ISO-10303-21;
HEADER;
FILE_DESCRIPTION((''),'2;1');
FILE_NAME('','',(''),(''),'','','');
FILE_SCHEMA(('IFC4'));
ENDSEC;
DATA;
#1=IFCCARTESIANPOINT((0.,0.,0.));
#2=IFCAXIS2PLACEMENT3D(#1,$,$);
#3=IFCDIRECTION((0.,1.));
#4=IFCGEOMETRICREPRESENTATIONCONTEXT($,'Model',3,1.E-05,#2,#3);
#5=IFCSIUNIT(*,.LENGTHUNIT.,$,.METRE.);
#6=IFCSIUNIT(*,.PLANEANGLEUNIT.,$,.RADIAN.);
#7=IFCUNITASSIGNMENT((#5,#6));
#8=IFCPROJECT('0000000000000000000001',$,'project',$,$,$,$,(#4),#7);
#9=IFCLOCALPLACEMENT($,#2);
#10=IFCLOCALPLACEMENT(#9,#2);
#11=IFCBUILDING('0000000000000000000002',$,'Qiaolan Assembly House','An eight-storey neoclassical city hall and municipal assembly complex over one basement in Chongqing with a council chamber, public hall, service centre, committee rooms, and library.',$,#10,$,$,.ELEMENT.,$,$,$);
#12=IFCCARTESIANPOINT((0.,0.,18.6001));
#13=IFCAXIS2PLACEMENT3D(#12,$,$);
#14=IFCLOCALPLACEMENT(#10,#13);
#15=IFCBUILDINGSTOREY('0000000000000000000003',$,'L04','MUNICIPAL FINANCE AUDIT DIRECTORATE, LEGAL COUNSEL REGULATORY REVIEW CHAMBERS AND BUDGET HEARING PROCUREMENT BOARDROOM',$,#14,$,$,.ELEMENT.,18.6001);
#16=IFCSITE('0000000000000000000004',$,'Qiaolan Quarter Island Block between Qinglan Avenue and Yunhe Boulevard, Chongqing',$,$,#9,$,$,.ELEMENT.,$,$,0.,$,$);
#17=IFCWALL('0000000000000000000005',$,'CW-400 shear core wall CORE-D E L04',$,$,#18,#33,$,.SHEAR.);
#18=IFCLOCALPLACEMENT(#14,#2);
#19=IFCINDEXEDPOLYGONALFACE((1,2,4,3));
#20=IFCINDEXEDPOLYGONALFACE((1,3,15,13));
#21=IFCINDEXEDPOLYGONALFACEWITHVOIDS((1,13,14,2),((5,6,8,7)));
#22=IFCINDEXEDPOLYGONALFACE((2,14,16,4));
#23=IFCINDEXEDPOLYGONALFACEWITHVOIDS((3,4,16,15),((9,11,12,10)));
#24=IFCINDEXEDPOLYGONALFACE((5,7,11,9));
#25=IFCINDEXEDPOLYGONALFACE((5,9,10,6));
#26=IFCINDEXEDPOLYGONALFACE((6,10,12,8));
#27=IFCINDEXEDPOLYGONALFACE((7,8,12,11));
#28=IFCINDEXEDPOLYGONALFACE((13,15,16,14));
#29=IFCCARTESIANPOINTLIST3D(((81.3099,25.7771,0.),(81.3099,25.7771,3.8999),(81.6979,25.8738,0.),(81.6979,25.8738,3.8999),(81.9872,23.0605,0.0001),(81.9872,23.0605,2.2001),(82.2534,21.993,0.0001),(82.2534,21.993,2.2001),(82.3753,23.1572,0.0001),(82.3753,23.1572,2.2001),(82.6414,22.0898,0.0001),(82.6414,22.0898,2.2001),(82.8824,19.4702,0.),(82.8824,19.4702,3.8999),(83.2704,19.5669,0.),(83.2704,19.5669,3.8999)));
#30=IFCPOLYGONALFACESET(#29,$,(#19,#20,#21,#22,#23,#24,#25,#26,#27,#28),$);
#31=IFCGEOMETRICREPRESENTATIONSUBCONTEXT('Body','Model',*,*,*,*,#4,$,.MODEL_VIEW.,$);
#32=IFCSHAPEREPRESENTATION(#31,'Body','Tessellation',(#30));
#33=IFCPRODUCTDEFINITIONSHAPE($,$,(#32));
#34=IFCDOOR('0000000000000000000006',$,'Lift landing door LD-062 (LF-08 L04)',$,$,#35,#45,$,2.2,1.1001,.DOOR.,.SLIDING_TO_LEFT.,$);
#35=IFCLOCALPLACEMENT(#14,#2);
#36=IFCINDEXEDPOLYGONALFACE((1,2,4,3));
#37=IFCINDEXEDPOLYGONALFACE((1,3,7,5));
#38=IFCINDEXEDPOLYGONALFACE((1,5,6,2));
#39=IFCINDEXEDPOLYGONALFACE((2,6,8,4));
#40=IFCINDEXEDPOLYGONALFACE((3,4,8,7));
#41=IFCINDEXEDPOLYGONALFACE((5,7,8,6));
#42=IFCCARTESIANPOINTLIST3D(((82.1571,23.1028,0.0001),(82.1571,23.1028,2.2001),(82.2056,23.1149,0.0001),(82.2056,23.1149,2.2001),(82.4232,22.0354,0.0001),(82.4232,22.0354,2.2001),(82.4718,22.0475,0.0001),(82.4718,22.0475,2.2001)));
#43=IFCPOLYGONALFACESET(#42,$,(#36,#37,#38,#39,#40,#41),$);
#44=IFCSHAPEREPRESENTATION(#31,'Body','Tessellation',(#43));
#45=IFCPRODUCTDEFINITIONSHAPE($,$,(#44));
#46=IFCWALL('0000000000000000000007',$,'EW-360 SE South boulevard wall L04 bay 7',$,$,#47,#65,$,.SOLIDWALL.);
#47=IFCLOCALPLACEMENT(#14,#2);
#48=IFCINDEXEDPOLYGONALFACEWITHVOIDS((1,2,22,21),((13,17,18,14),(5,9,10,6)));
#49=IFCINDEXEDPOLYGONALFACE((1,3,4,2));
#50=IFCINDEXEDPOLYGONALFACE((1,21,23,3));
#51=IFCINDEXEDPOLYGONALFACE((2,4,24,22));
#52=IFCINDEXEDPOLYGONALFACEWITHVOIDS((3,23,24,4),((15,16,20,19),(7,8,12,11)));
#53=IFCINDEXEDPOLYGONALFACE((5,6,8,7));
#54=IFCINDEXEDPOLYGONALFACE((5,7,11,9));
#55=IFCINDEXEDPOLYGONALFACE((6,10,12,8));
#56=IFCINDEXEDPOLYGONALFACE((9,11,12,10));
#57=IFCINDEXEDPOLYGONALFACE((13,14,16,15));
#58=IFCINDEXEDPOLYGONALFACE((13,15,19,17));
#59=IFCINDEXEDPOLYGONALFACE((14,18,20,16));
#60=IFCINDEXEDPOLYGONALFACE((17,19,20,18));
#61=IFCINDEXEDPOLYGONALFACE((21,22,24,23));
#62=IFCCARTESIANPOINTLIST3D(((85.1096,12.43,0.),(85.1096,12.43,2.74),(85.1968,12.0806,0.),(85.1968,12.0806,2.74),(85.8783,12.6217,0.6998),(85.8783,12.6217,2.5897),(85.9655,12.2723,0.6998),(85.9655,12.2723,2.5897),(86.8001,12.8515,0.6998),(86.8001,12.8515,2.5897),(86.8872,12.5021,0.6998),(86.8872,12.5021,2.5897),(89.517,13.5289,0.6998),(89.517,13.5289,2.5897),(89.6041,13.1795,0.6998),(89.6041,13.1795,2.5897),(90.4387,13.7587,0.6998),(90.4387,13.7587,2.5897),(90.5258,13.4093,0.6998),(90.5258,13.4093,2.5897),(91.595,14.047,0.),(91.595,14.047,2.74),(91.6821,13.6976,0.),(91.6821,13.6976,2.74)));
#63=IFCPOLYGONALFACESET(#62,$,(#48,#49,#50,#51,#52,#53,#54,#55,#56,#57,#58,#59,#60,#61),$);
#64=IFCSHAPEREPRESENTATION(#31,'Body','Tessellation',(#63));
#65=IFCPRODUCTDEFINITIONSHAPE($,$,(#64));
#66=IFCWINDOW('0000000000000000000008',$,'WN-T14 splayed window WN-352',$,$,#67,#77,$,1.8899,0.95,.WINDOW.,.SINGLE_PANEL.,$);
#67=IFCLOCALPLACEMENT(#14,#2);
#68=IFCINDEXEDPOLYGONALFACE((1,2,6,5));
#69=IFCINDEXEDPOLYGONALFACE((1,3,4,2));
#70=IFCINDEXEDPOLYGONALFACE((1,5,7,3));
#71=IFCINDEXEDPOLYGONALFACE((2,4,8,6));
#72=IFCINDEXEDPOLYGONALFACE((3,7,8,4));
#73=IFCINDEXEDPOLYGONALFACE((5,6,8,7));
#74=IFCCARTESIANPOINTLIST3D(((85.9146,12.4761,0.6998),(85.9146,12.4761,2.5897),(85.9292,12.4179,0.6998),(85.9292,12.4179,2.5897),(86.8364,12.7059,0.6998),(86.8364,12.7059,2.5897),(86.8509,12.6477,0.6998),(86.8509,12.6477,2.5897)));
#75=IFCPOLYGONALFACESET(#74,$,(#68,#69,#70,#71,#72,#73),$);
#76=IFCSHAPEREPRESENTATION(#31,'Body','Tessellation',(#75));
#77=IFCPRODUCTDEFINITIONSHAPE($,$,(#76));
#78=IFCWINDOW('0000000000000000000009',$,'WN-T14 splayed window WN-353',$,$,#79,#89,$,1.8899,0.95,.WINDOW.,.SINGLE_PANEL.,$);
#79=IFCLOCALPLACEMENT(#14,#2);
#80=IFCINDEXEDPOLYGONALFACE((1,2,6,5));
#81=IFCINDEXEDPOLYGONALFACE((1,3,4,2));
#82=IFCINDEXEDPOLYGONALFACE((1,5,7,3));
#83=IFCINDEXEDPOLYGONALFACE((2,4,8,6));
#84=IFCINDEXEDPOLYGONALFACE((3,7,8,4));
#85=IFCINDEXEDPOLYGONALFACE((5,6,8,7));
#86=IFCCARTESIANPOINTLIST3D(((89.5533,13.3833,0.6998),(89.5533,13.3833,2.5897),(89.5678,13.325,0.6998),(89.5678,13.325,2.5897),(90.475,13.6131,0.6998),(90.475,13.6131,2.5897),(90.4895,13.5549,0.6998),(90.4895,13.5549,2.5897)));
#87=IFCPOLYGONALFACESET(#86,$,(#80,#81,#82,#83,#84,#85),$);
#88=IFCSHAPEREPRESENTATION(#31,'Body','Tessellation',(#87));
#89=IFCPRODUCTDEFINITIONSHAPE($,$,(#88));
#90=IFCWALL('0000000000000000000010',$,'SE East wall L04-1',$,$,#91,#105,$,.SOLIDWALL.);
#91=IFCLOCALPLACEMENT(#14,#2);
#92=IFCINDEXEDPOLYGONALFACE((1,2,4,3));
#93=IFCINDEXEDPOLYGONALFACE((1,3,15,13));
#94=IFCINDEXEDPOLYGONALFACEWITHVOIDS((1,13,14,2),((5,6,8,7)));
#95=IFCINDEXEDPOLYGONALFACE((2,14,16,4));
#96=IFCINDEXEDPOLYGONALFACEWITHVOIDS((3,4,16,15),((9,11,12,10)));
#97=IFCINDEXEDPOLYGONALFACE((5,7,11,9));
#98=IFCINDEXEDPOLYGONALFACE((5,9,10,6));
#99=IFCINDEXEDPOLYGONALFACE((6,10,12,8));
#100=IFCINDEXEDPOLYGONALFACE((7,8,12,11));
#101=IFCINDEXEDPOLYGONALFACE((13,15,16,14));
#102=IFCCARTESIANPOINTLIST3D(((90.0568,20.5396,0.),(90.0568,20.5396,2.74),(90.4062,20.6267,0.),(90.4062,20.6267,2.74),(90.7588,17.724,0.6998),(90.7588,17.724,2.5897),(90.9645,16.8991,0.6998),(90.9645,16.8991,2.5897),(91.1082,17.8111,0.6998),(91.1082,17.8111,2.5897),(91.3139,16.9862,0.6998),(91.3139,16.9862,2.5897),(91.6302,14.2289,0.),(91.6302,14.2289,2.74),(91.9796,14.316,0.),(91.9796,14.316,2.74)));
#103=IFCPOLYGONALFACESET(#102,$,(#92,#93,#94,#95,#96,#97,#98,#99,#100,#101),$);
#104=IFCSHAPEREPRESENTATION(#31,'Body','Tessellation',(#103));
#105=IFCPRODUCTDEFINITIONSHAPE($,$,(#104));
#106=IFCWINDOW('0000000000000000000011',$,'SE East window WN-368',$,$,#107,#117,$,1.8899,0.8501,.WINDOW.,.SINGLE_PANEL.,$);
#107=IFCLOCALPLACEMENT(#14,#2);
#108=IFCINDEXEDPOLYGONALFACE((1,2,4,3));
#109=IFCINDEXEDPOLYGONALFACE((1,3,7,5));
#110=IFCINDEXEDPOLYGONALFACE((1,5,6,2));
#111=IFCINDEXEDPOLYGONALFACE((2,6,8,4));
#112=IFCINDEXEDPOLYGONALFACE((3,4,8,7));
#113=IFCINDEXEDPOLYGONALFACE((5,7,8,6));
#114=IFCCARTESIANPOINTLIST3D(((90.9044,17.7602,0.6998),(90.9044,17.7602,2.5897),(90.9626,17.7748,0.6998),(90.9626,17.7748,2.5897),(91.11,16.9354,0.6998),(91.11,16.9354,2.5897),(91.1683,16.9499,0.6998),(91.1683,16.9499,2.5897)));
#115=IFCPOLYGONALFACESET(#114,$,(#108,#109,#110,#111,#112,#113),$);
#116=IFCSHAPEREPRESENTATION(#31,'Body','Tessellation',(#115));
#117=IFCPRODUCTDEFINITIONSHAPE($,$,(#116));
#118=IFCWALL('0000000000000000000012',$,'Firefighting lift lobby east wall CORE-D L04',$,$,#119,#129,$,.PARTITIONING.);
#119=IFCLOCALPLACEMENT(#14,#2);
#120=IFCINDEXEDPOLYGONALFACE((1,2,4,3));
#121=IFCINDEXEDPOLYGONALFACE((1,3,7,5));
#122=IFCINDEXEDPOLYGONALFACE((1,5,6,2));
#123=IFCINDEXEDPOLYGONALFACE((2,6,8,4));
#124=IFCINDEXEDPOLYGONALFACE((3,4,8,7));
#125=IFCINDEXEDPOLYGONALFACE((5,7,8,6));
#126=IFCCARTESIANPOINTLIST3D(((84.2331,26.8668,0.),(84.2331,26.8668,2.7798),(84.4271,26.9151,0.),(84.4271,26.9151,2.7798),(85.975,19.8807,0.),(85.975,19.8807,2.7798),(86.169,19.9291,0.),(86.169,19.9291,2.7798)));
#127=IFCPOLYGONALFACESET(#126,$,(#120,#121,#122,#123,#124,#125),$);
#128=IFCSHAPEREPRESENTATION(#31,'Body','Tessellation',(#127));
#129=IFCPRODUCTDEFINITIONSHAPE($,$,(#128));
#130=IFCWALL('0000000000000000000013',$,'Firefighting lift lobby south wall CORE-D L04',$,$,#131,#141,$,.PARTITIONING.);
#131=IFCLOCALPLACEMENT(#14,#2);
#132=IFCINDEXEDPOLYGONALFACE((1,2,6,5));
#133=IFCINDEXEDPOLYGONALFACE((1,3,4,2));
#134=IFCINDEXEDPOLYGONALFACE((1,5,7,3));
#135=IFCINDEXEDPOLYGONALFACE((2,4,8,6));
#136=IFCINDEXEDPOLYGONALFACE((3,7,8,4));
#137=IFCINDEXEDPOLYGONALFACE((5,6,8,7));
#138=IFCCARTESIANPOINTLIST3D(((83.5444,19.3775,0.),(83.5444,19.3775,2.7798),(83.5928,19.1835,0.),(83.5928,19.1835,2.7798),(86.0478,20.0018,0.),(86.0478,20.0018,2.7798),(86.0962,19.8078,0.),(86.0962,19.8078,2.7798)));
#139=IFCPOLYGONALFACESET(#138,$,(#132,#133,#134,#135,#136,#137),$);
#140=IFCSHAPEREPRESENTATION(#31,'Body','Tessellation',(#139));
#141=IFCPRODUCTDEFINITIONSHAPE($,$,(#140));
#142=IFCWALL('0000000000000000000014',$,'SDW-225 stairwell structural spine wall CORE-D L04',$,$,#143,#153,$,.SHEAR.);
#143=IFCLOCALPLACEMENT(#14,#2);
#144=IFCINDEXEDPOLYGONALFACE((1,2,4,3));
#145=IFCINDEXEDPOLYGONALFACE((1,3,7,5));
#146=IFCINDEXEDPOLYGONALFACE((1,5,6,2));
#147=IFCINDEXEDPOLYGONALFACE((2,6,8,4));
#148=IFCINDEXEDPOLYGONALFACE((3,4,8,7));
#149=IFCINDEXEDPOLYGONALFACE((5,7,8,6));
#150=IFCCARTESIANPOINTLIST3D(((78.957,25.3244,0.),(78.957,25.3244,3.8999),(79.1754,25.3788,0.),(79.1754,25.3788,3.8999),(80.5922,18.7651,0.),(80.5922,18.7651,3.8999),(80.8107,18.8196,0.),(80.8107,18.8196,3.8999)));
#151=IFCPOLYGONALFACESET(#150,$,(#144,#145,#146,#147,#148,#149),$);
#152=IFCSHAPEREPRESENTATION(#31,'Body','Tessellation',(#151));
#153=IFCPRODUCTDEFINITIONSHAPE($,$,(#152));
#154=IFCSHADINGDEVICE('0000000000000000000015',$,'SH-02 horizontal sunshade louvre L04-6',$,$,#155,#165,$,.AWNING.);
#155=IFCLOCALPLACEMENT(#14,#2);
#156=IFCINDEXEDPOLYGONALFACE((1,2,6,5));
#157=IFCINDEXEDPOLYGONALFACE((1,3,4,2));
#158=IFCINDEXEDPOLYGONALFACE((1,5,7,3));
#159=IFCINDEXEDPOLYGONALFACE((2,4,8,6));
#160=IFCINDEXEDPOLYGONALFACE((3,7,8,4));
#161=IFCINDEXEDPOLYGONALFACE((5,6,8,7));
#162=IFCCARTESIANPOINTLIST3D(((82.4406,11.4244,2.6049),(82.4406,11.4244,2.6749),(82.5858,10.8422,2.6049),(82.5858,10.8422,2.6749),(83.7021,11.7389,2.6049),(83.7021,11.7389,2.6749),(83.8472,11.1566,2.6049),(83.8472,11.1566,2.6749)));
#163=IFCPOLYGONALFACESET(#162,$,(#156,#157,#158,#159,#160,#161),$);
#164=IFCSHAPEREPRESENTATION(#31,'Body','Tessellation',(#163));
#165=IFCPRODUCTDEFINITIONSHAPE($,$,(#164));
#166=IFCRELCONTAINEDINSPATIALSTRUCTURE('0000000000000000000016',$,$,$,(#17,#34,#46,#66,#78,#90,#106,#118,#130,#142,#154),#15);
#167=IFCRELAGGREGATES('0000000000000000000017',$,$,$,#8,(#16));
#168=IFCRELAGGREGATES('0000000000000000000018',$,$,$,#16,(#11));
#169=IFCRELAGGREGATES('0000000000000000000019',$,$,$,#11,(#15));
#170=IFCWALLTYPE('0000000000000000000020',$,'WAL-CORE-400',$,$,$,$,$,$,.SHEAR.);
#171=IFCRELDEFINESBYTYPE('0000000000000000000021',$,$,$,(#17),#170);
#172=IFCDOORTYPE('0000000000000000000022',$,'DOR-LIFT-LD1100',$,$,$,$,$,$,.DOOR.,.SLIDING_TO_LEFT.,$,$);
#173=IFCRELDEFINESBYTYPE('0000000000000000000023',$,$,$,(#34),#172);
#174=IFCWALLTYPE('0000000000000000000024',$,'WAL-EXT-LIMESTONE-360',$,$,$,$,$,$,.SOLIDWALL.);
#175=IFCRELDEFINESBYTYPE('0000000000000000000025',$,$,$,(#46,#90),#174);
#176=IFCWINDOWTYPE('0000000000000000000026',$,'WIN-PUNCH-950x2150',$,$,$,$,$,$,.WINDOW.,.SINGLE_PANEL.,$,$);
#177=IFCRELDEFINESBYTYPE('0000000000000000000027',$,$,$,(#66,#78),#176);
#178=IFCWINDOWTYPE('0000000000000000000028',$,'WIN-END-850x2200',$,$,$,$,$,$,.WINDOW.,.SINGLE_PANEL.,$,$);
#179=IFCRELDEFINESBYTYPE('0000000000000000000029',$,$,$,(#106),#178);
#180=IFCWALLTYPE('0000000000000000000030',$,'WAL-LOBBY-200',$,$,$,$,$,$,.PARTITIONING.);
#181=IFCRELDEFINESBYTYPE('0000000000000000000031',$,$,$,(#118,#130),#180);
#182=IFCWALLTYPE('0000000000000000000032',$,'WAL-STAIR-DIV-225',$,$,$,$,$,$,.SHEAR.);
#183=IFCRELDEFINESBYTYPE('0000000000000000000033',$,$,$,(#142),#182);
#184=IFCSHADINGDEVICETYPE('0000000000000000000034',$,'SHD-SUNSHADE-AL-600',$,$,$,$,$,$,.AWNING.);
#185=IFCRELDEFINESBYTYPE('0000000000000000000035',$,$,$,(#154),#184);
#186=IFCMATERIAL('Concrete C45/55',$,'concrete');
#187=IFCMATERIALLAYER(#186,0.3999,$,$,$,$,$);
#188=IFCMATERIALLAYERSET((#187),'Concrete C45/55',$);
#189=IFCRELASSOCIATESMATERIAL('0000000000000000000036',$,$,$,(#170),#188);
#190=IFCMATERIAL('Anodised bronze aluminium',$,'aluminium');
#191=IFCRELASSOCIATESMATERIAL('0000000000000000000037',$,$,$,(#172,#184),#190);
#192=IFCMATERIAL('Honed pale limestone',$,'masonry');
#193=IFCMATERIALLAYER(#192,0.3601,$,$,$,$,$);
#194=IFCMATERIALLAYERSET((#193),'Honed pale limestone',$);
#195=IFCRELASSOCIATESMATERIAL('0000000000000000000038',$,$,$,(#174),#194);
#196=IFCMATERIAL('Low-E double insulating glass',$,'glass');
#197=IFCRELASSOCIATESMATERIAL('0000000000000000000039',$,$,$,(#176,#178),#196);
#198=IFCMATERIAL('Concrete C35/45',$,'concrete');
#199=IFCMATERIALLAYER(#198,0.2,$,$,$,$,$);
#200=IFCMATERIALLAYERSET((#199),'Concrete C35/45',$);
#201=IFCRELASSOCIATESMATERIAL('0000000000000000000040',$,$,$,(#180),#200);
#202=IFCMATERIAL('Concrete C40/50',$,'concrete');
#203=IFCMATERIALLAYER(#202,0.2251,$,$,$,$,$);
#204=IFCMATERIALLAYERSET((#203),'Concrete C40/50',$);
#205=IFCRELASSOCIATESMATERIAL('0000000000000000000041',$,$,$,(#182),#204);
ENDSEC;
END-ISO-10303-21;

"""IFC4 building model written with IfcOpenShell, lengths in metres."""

from ifc_helpers import new_model, si_unit, direction, frame, frame_2d, origin, origin_2d, place, context, subcontext, project, spatial, rectangle, extrude, material, layer, layer_set, material_profile, profile_set, type_object, element, fill, save


model = new_model("IFC4")

# Units and contexts
model_context = context("Model", 3, precision=1e-05, world=origin(), true_north=direction((0.0, 1.0)))
body_context = subcontext(model_context, "Body", "Model", "MODEL_VIEW")
ifc_project = project(units=[si_unit("LENGTHUNIT", "METRE"), si_unit("PLANEANGLEUNIT", "RADIAN")], contexts=[model_context])

# Site, building, storey
site_placement = place(None, origin())
site = spatial("IfcSite", under=ifc_project, at=site_placement, Name="Qiaolan Quarter Island Block between Qinglan Avenue and Yunhe Boulevard, Chongqing", CompositionType="ELEMENT", RefElevation=0.0)
building_placement = place(site_placement, origin())
building = spatial("IfcBuilding", under=site, at=building_placement, Name="Qiaolan Assembly House", Description="An eight-storey neoclassical city hall and municipal assembly complex over one basement in Chongqing with a council chamber, public hall, service centre, committee rooms, and library.", CompositionType="ELEMENT")
storey_placement = place(building_placement, frame((0.0, 0.0, 18.6001)))
storey = spatial("IfcBuildingStorey", under=building, at=storey_placement, Name="L04", Description="MUNICIPAL FINANCE AUDIT DIRECTORATE, LEGAL COUNSEL REGULATORY REVIEW CHAMBERS AND BUDGET HEARING PROCUREMENT BOARDROOM", CompositionType="ELEMENT", Elevation=18.6001)

# Shared definitions
ifc_material_1 = material(Name="Concrete C40/50", Category="concrete")

# Wall, opening, door
ifc_material_2 = material(Name="Concrete C45/55", Category="concrete")
ifc_layer_1 = layer(ifc_material_2, 0.3999)
ifc_layer_set_1 = layer_set([ifc_layer_1], Name="Concrete C45/55")
wall_type_1 = type_object("IfcWallType", Name="WAL-CORE-400", PredefinedType="SHEAR", material=ifc_layer_set_1)
wall_1_placement = place(storey_placement, frame((83.0764, 19.5186, 0.0), z_axis=(0.0, 0.0, 1.0), x_axis=(-0.241926, 0.970295, 0.0)))
wall_1 = element("IfcWall", 1, at=wall_1_placement, inside=storey, type_object=wall_type_1, Name="CW-400 shear core wall CORE-D E L04", PredefinedType="SHEAR", context=body_context, shape_type="SweptSolid", body=[
    extrude(rectangle(XDim=6.5, YDim=0.3999, at=frame_2d((3.25, 0.0))), origin(), (0.0, 0.0, 1.0), 3.8999),
])
opening_1_placement = place(wall_1_placement, frame((2.6001, 0.0, 0.0)))
opening_1 = element("IfcOpeningElement", 2, at=opening_1_placement, cuts=wall_1, PredefinedType="OPENING", context=body_context, shape_type="SweptSolid", body=[
    extrude(rectangle(XDim=1.1001, YDim=2.2, at=frame_2d((0.55, 1.1001))), frame((0.0, 0.21, 0.0), z_axis=(0.0, -1.0, 0.0), x_axis=(1.0, 0.0, 0.0)), (0.0, 0.0, 1.0), 0.4199),
])
ifc_material_3 = material(Name="Anodised bronze aluminium", Category="aluminium")
door_type = type_object("IfcDoorType", Name="DOR-LIFT-LD1100", OperationType="SLIDING_TO_LEFT", PredefinedType="DOOR", material=ifc_material_3)
door_placement = place(opening_1_placement, origin())
door = element("IfcDoor", 3, at=door_placement, inside=storey, type_object=door_type, Name="Lift landing door LD-062 (LF-08 L04)", OperationType="SLIDING_TO_LEFT", OverallHeight=2.2, OverallWidth=1.1001, PredefinedType="DOOR", context=body_context, shape_type="SweptSolid", body=[
    extrude(rectangle(XDim=1.1001, YDim=2.2, at=frame_2d((0.55, 1.1001))), frame((0.0, 0.0249, 0.0), z_axis=(0.0, -1.0, 0.0), x_axis=(1.0, 0.0, 0.0)), (0.0, 0.0, 1.0), 0.05),
])
fill(opening_1, door)

# Wall, openings, windows
ifc_material_4 = material(Name="Honed pale limestone", Category="masonry")
ifc_layer_2 = layer(ifc_material_4, 0.3601)
ifc_layer_set_2 = layer_set([ifc_layer_2], Name="Honed pale limestone")
wall_type_2 = type_object("IfcWallType", Name="WAL-EXT-LIMESTONE-360", PredefinedType="SOLIDWALL", material=ifc_layer_set_2)
wall_2_placement = place(storey_placement, frame((85.1533, 12.2554, 0.0), z_axis=(0.0, 0.0, 1.0), x_axis=(0.970297, 0.241917, 0.0)))
wall_2 = element("IfcWall", 4, at=wall_2_placement, inside=storey, type_object=wall_type_2, Name="EW-360 SE South boulevard wall L04 bay 7", PredefinedType="SOLIDWALL", context=body_context, shape_type="SweptSolid", body=[
    extrude(rectangle(XDim=6.6838, YDim=0.3601, at=frame_2d((3.3418, 0.0))), origin(), (0.0, 0.0, 1.0), 2.74),
])
opening_2_placement = place(wall_2_placement, frame((0.792, 0.0, 0.7)))
opening_2 = element("IfcOpeningElement", 5, at=opening_2_placement, cuts=wall_2, PredefinedType="OPENING", context=body_context, shape_type="SweptSolid", body=[
    extrude(rectangle(XDim=0.95, YDim=1.8899, at=frame_2d((0.4751, 0.9448))), frame((0.0, 0.1899, 0.0), z_axis=(0.0, -1.0, 0.0), x_axis=(1.0, 0.0, 0.0)), (0.0, 0.0, 1.0), 0.3801),
])
opening_3_placement = place(wall_2_placement, frame((4.542, 0.0, 0.7)))
opening_3 = element("IfcOpeningElement", 6, at=opening_3_placement, cuts=wall_2, PredefinedType="OPENING", context=body_context, shape_type="SweptSolid", body=[
    extrude(rectangle(XDim=0.95, YDim=1.8899, at=frame_2d((0.4751, 0.9448))), frame((0.0, 0.1899, 0.0), z_axis=(0.0, -1.0, 0.0), x_axis=(1.0, 0.0, 0.0)), (0.0, 0.0, 1.0), 0.3801),
])
ifc_material_5 = material(Name="Low-E double insulating glass", Category="glass")
window_type_1 = type_object("IfcWindowType", Name="WIN-PUNCH-950x2150", PartitioningType="SINGLE_PANEL", PredefinedType="WINDOW", material=ifc_material_5)
window_1_placement = place(opening_2_placement, origin())
window_1 = element("IfcWindow", 7, at=window_1_placement, inside=storey, type_object=window_type_1, Name="WN-T14 splayed window WN-352", OverallHeight=1.8899, OverallWidth=0.95, PartitioningType="SINGLE_PANEL", PredefinedType="WINDOW", context=body_context, shape_type="SweptSolid", body=[
    extrude(rectangle(XDim=0.95, YDim=1.8899, at=frame_2d((0.4751, 0.9448))), frame((0.0, 0.03, 0.0), z_axis=(0.0, -1.0, 0.0), x_axis=(1.0, 0.0, 0.0)), (0.0, 0.0, 1.0), 0.0601),
])
fill(opening_2, window_1)
window_2_placement = place(opening_3_placement, origin())
window_2 = element("IfcWindow", 8, at=window_2_placement, inside=storey, type_object=window_type_1, Name="WN-T14 splayed window WN-353", OverallHeight=1.8899, OverallWidth=0.95, PartitioningType="SINGLE_PANEL", PredefinedType="WINDOW", context=body_context, shape_type="SweptSolid", body=[
    extrude(rectangle(XDim=0.95, YDim=1.8899, at=frame_2d((0.4751, 0.9448))), frame((0.0, 0.03, 0.0), z_axis=(0.0, -1.0, 0.0), x_axis=(1.0, 0.0, 0.0)), (0.0, 0.0, 1.0), 0.0601),
])
fill(opening_3, window_2)

# Wall, opening, window
wall_3_placement = place(storey_placement, frame((91.8049, 14.2725, 0.0), z_axis=(0.0, 0.0, 1.0), x_axis=(-0.241926, 0.970295, 0.0)))
wall_3 = element("IfcWall", 9, at=wall_3_placement, inside=storey, type_object=wall_type_2, Name="SE East wall L04-1", PredefinedType="SOLIDWALL", context=body_context, shape_type="SweptSolid", body=[
    extrude(rectangle(XDim=6.5039, YDim=0.3601, at=frame_2d((3.252, 0.0))), origin(), (0.0, 0.0, 1.0), 2.74),
])
opening_4_placement = place(wall_3_placement, frame((2.752, 0.0, 0.7)))
opening_4 = element("IfcOpeningElement", 10, at=opening_4_placement, cuts=wall_3, PredefinedType="OPENING", context=body_context, shape_type="SweptSolid", body=[
    extrude(rectangle(XDim=0.8501, YDim=1.8899, at=frame_2d((0.425, 0.9448))), frame((0.0, 0.1899, 0.0), z_axis=(0.0, -1.0, 0.0), x_axis=(1.0, 0.0, 0.0)), (0.0, 0.0, 1.0), 0.3801),
])
window_type_2 = type_object("IfcWindowType", Name="WIN-END-850x2200", PartitioningType="SINGLE_PANEL", PredefinedType="WINDOW", material=ifc_material_5)
window_3_placement = place(opening_4_placement, origin())
window_3 = element("IfcWindow", 11, at=window_3_placement, inside=storey, type_object=window_type_2, Name="SE East window WN-368", OverallHeight=1.8899, OverallWidth=0.8501, PartitioningType="SINGLE_PANEL", PredefinedType="WINDOW", context=body_context, shape_type="SweptSolid", body=[
    extrude(rectangle(XDim=0.8501, YDim=1.8899, at=frame_2d((0.425, 0.9448))), frame((0.0, 0.03, 0.0), z_axis=(0.0, -1.0, 0.0), x_axis=(1.0, 0.0, 0.0)), (0.0, 0.0, 1.0), 0.0601),
])
fill(opening_4, window_3)

# Walls
ifc_material_6 = material(Name="Concrete C35/45", Category="concrete")
ifc_layer_3 = layer(ifc_material_6, 0.2)
ifc_layer_set_3 = layer_set([ifc_layer_3], Name="Concrete C35/45")
wall_type_3 = type_object("IfcWallType", Name="WAL-LOBBY-200", PredefinedType="PARTITIONING", material=ifc_layer_set_3)
wall_4_placement = place(storey_placement, frame((86.072, 19.9048, 0.0), z_axis=(0.0, 0.0, 1.0), x_axis=(-0.241937, 0.970292, 0.0)))
element("IfcWall", 12, at=wall_4_placement, inside=storey, type_object=wall_type_3, Name="Firefighting lift lobby east wall CORE-D L04", PredefinedType="PARTITIONING", context=body_context, shape_type="SweptSolid", body=[
    extrude(rectangle(XDim=7.2, YDim=0.2, at=frame_2d((3.6001, 0.0))), origin(), (0.0, 0.0, 1.0), 2.7798),
])
wall_5_placement = place(storey_placement, frame((83.5686, 19.2805, 0.0), z_axis=(0.0, 0.0, 1.0), x_axis=(0.970287, 0.241957, 0.0)))
element("IfcWall", 13, at=wall_5_placement, inside=storey, type_object=wall_type_3, Name="Firefighting lift lobby south wall CORE-D L04", PredefinedType="PARTITIONING", context=body_context, shape_type="SweptSolid", body=[
    extrude(rectangle(XDim=2.5801, YDim=0.2, at=frame_2d((1.29, 0.0))), origin(), (0.0, 0.0, 1.0), 2.7798),
])
ifc_layer_4 = layer(ifc_material_1, 0.2251)
ifc_layer_set_4 = layer_set([ifc_layer_4], Name="Concrete C40/50")
wall_type_4 = type_object("IfcWallType", Name="WAL-STAIR-DIV-225", PredefinedType="SHEAR", material=ifc_layer_set_4)
wall_6_placement = place(storey_placement, frame((80.7014, 18.7925, 0.0), z_axis=(0.0, 0.0, 1.0), x_axis=(-0.241898, 0.970302, 0.0)))
element("IfcWall", 14, at=wall_6_placement, inside=storey, type_object=wall_type_4, Name="SDW-225 stairwell structural spine wall CORE-D L04", PredefinedType="SHEAR", context=body_context, shape_type="SweptSolid", body=[
    extrude(rectangle(XDim=6.76, YDim=0.2251, at=frame_2d((3.3799, 0.0))), origin(), (0.0, 0.0, 1.0), 3.8999),
])

# Shading device
ifc_material_profile_1 = material_profile(ifc_material_3, rectangle(XDim=0.6001, YDim=0.0701, at=origin_2d()), Name="SHD 600x70")
ifc_profile_set_1 = profile_set([ifc_material_profile_1], Name="Anodised bronze aluminium")
shading_device_type = type_object("IfcShadingDeviceType", Name="SHD-SUNSHADE-AL-600", PredefinedType="AWNING", material=ifc_profile_set_1)
shading_device_1_placement = place(storey_placement, frame((82.5132, 11.1333, 2.6399), z_axis=(0.970308, 0.241873, 0.0), x_axis=(-0.241873, 0.970308, 0.0)))
element("IfcShadingDevice", 15, at=shading_device_1_placement, inside=storey, type_object=shading_device_type, Name="SH-02 horizontal sunshade louvre L04-6", PredefinedType="AWNING", context=body_context, shape_type="SweptSolid", body=[
    extrude(rectangle(XDim=0.6001, YDim=0.0701, at=origin_2d()), origin(), (0.0, 0.0, 1.0), 1.3),
])

save(model, "model.ifc")
